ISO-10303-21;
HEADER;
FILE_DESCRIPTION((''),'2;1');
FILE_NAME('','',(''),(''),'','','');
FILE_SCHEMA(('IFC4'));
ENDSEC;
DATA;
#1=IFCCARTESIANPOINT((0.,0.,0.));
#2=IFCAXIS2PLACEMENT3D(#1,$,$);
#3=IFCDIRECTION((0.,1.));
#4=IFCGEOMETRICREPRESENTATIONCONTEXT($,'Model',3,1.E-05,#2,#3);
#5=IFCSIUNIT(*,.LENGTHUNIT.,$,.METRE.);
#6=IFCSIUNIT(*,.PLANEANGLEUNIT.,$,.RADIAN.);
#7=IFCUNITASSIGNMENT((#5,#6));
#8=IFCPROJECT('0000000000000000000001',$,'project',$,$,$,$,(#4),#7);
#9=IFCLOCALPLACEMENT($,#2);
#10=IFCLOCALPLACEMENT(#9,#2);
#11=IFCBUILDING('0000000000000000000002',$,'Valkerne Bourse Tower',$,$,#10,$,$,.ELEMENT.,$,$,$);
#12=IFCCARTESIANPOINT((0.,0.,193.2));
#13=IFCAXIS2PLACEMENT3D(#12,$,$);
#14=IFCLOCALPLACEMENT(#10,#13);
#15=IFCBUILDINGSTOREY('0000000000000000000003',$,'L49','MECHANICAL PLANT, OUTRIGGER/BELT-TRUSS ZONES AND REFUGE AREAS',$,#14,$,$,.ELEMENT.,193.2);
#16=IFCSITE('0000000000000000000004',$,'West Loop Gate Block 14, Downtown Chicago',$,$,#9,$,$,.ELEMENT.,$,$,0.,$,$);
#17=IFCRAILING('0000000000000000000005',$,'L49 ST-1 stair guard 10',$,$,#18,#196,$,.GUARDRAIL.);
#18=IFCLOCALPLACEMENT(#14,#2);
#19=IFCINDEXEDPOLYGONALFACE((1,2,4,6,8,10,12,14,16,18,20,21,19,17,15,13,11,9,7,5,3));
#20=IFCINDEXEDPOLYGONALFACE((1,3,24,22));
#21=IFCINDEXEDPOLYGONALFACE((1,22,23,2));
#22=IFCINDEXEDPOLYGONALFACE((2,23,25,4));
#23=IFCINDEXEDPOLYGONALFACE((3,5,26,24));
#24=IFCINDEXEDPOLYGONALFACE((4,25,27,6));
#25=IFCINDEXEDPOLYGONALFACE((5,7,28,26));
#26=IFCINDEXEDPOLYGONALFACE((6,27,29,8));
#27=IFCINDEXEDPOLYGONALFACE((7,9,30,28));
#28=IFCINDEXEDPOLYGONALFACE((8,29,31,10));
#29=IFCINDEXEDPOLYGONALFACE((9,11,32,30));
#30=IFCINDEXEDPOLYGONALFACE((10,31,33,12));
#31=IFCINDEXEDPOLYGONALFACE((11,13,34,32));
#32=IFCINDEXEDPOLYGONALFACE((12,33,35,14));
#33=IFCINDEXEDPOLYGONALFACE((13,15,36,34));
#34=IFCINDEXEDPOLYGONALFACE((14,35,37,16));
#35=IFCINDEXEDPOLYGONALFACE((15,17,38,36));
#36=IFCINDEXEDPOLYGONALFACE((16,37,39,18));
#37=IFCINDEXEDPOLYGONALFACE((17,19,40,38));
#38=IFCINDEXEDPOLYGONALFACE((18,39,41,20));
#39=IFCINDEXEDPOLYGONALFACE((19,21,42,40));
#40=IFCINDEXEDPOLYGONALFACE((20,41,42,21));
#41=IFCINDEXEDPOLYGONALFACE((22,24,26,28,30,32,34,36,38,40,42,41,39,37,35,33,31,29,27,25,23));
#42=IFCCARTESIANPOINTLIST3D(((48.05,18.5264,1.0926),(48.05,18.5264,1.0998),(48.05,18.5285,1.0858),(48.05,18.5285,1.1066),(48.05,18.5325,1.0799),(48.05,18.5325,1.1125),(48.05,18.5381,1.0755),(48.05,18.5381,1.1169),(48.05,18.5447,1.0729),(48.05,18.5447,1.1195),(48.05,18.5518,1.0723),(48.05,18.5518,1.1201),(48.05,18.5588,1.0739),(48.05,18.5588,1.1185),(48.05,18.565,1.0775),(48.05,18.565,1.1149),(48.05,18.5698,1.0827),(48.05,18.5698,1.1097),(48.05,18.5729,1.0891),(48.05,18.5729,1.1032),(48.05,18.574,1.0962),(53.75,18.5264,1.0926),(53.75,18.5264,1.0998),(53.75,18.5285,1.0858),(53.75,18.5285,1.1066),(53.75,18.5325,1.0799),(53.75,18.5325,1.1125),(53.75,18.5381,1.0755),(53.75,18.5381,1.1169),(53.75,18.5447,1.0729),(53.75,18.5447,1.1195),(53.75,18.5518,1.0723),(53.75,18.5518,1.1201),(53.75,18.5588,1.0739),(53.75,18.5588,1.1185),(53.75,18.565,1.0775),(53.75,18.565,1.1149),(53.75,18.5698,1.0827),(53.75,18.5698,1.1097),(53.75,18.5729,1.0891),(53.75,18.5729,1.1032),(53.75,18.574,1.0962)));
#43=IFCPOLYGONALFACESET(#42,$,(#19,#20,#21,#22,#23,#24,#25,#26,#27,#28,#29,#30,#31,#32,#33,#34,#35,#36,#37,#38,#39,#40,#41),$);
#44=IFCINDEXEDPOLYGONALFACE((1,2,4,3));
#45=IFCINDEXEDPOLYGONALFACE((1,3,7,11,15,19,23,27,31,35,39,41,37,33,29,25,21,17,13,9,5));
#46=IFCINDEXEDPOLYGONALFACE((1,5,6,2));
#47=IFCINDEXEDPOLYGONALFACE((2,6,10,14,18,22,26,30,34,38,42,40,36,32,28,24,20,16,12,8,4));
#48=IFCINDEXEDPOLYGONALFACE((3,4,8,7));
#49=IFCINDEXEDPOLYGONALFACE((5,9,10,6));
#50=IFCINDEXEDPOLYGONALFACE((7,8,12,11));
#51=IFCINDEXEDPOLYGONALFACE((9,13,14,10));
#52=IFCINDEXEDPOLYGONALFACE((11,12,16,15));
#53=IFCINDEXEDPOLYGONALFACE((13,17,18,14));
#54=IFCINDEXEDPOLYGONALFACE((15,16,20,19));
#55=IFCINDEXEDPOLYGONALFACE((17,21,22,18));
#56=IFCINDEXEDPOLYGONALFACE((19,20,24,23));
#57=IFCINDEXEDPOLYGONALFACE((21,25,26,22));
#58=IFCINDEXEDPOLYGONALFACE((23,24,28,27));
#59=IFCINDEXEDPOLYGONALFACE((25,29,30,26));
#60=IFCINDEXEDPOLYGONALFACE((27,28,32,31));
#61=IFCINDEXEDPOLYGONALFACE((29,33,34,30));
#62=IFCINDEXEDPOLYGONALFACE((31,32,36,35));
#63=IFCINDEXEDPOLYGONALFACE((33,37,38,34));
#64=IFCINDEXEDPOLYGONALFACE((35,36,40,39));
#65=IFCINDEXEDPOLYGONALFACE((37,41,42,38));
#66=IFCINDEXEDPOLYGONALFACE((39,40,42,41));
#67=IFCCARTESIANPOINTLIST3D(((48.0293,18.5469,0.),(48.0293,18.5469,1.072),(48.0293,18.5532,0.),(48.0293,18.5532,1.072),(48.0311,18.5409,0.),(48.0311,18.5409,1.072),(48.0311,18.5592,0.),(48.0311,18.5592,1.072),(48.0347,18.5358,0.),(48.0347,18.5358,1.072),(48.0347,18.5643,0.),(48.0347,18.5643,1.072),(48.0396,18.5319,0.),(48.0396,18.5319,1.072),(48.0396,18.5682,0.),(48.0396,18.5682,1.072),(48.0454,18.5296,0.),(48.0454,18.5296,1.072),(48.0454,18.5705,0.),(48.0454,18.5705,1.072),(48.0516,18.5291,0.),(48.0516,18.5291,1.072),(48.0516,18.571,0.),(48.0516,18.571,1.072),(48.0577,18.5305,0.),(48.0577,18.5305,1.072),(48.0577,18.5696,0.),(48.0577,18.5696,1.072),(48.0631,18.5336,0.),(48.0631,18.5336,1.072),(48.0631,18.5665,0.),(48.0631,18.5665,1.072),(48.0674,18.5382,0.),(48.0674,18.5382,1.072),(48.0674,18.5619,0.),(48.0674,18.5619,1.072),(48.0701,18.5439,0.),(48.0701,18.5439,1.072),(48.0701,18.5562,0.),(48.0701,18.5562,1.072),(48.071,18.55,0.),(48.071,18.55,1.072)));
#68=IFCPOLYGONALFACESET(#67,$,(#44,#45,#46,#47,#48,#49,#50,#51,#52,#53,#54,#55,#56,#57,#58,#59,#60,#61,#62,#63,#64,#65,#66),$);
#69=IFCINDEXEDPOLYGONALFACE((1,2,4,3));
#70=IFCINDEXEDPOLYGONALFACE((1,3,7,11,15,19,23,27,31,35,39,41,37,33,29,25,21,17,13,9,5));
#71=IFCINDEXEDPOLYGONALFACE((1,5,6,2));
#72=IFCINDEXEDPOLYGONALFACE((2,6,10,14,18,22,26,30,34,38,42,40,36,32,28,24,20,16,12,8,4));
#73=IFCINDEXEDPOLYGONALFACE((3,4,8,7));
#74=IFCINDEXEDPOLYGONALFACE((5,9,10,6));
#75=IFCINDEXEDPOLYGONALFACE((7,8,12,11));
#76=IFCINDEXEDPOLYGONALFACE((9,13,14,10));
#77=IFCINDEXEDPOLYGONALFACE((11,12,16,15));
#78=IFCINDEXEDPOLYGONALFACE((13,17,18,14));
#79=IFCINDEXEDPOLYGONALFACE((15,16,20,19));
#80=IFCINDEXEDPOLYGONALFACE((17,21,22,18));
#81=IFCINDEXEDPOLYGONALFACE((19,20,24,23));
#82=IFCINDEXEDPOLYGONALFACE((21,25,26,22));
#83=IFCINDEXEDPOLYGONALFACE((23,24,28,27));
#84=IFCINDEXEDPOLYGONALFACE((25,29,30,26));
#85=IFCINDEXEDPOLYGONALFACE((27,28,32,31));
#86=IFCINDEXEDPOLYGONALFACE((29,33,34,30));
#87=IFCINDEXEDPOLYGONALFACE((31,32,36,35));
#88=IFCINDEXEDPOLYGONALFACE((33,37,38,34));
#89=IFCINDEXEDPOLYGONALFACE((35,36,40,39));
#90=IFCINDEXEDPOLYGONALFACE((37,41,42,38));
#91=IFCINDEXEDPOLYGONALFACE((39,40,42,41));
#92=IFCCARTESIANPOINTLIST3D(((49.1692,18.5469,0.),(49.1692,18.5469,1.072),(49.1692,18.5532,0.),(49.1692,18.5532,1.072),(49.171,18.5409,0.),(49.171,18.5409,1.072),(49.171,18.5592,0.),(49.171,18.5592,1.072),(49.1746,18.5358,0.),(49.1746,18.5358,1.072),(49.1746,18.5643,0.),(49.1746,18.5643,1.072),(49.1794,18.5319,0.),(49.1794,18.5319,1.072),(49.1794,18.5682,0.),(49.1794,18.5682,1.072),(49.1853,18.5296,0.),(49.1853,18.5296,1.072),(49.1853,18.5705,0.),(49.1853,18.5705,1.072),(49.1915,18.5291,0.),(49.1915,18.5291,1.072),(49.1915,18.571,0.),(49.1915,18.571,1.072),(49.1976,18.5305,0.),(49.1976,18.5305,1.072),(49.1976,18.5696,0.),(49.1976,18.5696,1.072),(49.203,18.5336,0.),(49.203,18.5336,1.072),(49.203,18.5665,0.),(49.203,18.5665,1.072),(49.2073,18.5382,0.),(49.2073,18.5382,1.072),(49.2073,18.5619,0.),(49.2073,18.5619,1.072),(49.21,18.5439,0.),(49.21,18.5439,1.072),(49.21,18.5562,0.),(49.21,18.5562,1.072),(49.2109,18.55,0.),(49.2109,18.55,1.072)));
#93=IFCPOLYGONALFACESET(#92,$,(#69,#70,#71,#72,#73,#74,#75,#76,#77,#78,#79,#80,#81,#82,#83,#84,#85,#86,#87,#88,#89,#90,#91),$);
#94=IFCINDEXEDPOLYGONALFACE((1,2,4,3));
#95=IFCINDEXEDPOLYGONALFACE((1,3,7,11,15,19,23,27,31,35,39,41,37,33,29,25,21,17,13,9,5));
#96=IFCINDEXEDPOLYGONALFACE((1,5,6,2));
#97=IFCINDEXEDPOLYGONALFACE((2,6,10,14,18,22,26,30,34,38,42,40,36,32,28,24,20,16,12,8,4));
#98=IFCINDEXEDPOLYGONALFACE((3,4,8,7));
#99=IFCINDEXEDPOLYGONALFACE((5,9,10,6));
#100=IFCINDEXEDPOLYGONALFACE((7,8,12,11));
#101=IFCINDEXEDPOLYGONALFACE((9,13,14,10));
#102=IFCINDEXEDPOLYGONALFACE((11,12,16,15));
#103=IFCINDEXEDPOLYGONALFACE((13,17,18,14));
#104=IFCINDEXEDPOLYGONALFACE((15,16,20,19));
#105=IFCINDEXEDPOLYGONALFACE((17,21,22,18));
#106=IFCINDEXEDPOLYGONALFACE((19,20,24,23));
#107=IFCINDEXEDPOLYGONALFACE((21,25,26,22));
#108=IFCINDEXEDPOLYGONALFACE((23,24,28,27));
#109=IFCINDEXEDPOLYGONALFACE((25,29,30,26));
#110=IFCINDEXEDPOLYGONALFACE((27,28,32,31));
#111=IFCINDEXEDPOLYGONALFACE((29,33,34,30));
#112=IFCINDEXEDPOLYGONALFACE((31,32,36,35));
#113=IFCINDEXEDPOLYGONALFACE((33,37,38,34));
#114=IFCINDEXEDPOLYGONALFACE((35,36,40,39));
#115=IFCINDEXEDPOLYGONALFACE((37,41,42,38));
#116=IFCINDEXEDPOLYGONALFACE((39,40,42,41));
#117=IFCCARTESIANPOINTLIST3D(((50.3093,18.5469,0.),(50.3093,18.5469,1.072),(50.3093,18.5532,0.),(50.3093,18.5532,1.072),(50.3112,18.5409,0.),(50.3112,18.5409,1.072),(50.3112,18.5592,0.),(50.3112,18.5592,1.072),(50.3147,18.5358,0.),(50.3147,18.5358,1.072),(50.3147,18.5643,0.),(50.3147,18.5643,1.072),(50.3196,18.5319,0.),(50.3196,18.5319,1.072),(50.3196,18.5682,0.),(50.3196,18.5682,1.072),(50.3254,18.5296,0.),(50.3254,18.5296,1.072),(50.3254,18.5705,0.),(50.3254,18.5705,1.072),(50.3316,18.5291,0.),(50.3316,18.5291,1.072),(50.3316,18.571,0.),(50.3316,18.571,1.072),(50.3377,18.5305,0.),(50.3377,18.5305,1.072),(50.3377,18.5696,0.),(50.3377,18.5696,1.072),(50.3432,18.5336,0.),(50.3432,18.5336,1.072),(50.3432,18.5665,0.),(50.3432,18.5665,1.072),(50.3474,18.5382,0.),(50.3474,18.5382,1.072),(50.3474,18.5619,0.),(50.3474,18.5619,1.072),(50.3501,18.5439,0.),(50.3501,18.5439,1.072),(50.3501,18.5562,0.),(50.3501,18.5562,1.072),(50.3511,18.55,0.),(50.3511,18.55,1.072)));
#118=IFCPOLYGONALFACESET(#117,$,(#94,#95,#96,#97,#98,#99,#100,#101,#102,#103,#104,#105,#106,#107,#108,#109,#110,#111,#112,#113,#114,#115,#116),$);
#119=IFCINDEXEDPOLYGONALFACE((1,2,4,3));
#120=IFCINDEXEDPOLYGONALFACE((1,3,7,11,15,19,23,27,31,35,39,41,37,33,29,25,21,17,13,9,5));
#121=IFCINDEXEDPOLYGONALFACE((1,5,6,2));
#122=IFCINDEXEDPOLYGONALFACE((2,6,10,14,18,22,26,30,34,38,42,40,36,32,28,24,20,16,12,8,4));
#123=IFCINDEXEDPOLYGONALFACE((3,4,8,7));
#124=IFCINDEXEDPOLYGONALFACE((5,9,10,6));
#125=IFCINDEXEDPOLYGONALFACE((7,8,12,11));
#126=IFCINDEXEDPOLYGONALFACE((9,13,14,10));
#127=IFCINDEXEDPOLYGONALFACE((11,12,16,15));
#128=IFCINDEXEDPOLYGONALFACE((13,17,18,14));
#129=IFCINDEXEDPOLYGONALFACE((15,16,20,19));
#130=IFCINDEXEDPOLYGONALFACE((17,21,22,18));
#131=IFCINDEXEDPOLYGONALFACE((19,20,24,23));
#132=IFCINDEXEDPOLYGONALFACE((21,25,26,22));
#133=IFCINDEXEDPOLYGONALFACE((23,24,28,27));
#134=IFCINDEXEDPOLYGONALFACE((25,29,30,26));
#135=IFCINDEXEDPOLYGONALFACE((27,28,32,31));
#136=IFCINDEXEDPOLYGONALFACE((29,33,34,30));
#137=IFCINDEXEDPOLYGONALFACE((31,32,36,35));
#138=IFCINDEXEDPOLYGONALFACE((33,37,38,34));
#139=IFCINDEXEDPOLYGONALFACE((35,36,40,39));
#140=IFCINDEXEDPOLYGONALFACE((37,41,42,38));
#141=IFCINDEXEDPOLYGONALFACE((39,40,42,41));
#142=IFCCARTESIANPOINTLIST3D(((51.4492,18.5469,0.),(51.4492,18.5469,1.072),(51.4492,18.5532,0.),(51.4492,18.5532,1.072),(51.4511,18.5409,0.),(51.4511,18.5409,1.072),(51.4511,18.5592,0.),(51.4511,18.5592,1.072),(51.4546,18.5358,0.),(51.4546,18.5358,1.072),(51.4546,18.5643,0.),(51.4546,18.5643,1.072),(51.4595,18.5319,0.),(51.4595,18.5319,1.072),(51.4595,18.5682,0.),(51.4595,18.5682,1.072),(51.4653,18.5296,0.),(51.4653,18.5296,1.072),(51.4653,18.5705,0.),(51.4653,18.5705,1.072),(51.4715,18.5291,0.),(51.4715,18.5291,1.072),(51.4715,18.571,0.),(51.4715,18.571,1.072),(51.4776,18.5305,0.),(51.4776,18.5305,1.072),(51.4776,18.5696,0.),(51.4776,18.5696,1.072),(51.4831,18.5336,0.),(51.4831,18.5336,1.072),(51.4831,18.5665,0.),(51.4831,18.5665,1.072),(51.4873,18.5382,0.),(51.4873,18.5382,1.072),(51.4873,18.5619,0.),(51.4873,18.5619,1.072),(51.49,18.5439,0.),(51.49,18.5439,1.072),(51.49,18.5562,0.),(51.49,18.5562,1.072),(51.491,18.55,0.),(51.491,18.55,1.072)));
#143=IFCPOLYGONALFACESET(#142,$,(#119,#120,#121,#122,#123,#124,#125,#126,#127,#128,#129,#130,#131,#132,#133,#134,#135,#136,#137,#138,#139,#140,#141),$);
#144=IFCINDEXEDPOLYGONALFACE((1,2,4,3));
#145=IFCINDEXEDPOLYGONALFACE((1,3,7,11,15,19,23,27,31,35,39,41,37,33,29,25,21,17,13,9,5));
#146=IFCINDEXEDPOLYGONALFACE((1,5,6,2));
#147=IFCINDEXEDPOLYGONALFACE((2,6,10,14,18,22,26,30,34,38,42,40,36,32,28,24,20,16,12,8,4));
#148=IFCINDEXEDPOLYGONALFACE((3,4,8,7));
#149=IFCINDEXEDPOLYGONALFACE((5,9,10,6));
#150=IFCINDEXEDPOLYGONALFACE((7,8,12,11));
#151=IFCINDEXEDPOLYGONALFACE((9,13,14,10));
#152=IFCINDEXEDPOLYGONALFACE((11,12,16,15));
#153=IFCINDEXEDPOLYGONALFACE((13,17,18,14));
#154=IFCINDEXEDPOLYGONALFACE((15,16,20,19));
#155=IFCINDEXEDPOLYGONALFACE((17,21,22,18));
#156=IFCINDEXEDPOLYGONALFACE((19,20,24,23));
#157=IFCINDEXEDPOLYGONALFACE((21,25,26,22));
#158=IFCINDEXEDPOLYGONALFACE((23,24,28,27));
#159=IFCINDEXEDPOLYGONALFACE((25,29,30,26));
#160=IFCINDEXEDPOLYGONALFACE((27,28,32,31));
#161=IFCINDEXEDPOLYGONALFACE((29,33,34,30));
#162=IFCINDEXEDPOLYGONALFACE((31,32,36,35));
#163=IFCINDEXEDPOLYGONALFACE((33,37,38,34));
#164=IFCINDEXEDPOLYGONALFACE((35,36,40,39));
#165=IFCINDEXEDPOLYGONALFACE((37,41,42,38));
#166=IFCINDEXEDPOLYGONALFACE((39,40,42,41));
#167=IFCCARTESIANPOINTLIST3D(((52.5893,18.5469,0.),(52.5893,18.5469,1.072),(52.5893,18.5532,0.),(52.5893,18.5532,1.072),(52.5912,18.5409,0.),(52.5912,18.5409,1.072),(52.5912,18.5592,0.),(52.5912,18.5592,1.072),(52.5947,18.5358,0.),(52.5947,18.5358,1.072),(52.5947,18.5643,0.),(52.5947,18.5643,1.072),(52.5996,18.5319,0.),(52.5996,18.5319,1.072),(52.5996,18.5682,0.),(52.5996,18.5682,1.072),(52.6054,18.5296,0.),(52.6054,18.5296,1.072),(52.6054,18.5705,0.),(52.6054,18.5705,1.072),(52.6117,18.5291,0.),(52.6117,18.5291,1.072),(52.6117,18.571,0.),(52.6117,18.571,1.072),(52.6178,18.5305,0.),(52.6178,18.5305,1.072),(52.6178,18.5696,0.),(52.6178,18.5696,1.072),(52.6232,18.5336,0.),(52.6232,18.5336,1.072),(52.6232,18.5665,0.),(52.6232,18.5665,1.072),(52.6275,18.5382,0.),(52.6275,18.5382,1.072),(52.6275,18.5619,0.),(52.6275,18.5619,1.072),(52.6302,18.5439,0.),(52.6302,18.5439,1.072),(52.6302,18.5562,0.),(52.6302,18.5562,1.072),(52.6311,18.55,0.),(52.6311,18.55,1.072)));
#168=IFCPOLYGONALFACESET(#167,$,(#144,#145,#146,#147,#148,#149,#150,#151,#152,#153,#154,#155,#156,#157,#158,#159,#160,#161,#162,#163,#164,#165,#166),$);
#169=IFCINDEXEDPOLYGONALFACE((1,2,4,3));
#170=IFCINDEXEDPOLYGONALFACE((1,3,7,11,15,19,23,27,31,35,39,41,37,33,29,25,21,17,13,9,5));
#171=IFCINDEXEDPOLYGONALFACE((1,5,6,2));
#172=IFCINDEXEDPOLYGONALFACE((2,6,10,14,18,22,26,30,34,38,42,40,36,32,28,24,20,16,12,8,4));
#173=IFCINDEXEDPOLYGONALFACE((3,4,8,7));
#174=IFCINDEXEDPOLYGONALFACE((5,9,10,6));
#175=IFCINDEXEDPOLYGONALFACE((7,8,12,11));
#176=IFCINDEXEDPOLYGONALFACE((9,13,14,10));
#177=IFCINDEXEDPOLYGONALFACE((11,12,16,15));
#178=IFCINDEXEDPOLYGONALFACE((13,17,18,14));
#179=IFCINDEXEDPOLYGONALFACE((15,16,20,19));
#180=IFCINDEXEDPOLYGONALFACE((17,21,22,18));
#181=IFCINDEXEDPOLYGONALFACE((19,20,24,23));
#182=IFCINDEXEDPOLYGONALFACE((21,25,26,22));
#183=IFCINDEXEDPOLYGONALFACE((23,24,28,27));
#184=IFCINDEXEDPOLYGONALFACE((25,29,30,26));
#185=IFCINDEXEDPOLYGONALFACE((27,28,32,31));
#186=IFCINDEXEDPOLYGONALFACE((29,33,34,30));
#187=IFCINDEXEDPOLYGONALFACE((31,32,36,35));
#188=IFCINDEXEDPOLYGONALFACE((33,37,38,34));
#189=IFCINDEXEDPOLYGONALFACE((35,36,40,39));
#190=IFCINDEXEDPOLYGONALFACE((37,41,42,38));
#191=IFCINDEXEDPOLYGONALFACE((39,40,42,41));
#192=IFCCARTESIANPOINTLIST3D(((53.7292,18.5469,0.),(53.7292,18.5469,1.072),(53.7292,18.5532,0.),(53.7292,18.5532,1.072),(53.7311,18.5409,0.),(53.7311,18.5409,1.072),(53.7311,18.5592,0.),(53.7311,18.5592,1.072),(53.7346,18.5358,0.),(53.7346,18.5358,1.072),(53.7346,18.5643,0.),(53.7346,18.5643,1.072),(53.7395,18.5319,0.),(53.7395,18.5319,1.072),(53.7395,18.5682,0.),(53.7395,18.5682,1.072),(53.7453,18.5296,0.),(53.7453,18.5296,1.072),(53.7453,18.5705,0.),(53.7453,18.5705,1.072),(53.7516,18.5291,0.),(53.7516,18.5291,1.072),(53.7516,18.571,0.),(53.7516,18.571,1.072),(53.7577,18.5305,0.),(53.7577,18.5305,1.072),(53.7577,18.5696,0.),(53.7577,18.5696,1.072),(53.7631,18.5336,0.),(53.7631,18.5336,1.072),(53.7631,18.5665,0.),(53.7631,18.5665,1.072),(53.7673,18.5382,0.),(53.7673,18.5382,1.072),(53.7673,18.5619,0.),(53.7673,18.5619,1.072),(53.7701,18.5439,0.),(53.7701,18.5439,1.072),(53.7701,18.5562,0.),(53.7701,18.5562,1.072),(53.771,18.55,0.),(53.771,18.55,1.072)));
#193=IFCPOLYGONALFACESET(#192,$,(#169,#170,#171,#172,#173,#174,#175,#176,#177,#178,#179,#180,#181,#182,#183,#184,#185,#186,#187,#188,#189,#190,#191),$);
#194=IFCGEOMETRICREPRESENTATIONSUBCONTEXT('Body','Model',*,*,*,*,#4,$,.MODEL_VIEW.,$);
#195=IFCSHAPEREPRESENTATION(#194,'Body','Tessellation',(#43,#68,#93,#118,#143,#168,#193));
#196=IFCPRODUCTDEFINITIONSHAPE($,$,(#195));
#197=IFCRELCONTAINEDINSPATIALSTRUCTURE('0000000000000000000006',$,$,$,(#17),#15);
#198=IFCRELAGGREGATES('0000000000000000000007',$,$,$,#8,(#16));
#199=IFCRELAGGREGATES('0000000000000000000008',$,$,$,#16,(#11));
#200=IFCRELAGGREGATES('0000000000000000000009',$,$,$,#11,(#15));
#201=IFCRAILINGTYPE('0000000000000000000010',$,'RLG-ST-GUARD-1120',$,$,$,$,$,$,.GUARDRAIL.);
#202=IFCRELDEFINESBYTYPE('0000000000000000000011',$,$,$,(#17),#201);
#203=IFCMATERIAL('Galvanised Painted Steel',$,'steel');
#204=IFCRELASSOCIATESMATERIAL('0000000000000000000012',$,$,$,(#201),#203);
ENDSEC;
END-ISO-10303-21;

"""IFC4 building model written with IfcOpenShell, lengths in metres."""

from ifc_helpers import new_model, si_unit, direction, frame, origin, origin_2d, place, context, subcontext, project, spatial, circle, extrude, material, type_object, element, save


model = new_model("IFC4")

# Units and contexts
model_context = context("Model", 3, precision=1e-05, world=origin(), true_north=direction((0.0, 1.0)))
body_context = subcontext(model_context, "Body", "Model", "MODEL_VIEW")
ifc_project = project(units=[si_unit("LENGTHUNIT", "METRE"), si_unit("PLANEANGLEUNIT", "RADIAN")], contexts=[model_context])

# Site, building, storey
site_placement = place(None, origin())
site = spatial("IfcSite", under=ifc_project, at=site_placement, Name="West Loop Gate Block 14, Downtown Chicago", CompositionType="ELEMENT", RefElevation=0.0)
building_placement = place(site_placement, origin())
building = spatial("IfcBuilding", under=site, at=building_placement, Name="Valkerne Bourse Tower", CompositionType="ELEMENT")
storey_placement = place(building_placement, frame((0.0, 0.0, 193.2)))
storey = spatial("IfcBuildingStorey", under=building, at=storey_placement, Name="L49", Description="MECHANICAL PLANT, OUTRIGGER/BELT-TRUSS ZONES AND REFUGE AREAS", CompositionType="ELEMENT", Elevation=193.2)

# Railing
ifc_material_1 = material(Name="Galvanised Painted Steel", Category="steel")
railing_type_1 = type_object("IfcRailingType", Name="RLG-ST-GUARD-1120", PredefinedType="GUARDRAIL", material=ifc_material_1)
railing_1_placement = place(storey_placement, frame((48.05, 18.55, 0.0)))
element("IfcRailing", 1, at=railing_1_placement, inside=storey, type_object=railing_type_1, Name="L49 ST-1 stair guard 10", PredefinedType="GUARDRAIL", context=body_context, shape_type="SweptSolid", body=[
    extrude(circle(Radius=0.0239, at=origin_2d()), frame((0.0, 0.0, 1.0962), z_axis=(1.0, 0.0, 0.0), x_axis=(0.0, 1.0, 0.0)), (0.0, 0.0, 1.0), 5.7),
    extrude(circle(Radius=0.021, at=origin_2d()), origin(), (0.0, 0.0, 1.0), 1.072),
    extrude(circle(Radius=0.021, at=origin_2d()), frame((1.1399, 0.0, 0.0)), (0.0, 0.0, 1.0), 1.072),
    extrude(circle(Radius=0.021, at=origin_2d()), frame((2.28, 0.0, 0.0)), (0.0, 0.0, 1.0), 1.072),
    extrude(circle(Radius=0.021, at=origin_2d()), frame((3.4199, 0.0, 0.0)), (0.0, 0.0, 1.0), 1.072),
    extrude(circle(Radius=0.021, at=origin_2d()), frame((4.5601, 0.0, 0.0)), (0.0, 0.0, 1.0), 1.072),
    extrude(circle(Radius=0.021, at=origin_2d()), frame((5.7, 0.0, 0.0)), (0.0, 0.0, 1.0), 1.072),
])

save(model, "model.ifc")
